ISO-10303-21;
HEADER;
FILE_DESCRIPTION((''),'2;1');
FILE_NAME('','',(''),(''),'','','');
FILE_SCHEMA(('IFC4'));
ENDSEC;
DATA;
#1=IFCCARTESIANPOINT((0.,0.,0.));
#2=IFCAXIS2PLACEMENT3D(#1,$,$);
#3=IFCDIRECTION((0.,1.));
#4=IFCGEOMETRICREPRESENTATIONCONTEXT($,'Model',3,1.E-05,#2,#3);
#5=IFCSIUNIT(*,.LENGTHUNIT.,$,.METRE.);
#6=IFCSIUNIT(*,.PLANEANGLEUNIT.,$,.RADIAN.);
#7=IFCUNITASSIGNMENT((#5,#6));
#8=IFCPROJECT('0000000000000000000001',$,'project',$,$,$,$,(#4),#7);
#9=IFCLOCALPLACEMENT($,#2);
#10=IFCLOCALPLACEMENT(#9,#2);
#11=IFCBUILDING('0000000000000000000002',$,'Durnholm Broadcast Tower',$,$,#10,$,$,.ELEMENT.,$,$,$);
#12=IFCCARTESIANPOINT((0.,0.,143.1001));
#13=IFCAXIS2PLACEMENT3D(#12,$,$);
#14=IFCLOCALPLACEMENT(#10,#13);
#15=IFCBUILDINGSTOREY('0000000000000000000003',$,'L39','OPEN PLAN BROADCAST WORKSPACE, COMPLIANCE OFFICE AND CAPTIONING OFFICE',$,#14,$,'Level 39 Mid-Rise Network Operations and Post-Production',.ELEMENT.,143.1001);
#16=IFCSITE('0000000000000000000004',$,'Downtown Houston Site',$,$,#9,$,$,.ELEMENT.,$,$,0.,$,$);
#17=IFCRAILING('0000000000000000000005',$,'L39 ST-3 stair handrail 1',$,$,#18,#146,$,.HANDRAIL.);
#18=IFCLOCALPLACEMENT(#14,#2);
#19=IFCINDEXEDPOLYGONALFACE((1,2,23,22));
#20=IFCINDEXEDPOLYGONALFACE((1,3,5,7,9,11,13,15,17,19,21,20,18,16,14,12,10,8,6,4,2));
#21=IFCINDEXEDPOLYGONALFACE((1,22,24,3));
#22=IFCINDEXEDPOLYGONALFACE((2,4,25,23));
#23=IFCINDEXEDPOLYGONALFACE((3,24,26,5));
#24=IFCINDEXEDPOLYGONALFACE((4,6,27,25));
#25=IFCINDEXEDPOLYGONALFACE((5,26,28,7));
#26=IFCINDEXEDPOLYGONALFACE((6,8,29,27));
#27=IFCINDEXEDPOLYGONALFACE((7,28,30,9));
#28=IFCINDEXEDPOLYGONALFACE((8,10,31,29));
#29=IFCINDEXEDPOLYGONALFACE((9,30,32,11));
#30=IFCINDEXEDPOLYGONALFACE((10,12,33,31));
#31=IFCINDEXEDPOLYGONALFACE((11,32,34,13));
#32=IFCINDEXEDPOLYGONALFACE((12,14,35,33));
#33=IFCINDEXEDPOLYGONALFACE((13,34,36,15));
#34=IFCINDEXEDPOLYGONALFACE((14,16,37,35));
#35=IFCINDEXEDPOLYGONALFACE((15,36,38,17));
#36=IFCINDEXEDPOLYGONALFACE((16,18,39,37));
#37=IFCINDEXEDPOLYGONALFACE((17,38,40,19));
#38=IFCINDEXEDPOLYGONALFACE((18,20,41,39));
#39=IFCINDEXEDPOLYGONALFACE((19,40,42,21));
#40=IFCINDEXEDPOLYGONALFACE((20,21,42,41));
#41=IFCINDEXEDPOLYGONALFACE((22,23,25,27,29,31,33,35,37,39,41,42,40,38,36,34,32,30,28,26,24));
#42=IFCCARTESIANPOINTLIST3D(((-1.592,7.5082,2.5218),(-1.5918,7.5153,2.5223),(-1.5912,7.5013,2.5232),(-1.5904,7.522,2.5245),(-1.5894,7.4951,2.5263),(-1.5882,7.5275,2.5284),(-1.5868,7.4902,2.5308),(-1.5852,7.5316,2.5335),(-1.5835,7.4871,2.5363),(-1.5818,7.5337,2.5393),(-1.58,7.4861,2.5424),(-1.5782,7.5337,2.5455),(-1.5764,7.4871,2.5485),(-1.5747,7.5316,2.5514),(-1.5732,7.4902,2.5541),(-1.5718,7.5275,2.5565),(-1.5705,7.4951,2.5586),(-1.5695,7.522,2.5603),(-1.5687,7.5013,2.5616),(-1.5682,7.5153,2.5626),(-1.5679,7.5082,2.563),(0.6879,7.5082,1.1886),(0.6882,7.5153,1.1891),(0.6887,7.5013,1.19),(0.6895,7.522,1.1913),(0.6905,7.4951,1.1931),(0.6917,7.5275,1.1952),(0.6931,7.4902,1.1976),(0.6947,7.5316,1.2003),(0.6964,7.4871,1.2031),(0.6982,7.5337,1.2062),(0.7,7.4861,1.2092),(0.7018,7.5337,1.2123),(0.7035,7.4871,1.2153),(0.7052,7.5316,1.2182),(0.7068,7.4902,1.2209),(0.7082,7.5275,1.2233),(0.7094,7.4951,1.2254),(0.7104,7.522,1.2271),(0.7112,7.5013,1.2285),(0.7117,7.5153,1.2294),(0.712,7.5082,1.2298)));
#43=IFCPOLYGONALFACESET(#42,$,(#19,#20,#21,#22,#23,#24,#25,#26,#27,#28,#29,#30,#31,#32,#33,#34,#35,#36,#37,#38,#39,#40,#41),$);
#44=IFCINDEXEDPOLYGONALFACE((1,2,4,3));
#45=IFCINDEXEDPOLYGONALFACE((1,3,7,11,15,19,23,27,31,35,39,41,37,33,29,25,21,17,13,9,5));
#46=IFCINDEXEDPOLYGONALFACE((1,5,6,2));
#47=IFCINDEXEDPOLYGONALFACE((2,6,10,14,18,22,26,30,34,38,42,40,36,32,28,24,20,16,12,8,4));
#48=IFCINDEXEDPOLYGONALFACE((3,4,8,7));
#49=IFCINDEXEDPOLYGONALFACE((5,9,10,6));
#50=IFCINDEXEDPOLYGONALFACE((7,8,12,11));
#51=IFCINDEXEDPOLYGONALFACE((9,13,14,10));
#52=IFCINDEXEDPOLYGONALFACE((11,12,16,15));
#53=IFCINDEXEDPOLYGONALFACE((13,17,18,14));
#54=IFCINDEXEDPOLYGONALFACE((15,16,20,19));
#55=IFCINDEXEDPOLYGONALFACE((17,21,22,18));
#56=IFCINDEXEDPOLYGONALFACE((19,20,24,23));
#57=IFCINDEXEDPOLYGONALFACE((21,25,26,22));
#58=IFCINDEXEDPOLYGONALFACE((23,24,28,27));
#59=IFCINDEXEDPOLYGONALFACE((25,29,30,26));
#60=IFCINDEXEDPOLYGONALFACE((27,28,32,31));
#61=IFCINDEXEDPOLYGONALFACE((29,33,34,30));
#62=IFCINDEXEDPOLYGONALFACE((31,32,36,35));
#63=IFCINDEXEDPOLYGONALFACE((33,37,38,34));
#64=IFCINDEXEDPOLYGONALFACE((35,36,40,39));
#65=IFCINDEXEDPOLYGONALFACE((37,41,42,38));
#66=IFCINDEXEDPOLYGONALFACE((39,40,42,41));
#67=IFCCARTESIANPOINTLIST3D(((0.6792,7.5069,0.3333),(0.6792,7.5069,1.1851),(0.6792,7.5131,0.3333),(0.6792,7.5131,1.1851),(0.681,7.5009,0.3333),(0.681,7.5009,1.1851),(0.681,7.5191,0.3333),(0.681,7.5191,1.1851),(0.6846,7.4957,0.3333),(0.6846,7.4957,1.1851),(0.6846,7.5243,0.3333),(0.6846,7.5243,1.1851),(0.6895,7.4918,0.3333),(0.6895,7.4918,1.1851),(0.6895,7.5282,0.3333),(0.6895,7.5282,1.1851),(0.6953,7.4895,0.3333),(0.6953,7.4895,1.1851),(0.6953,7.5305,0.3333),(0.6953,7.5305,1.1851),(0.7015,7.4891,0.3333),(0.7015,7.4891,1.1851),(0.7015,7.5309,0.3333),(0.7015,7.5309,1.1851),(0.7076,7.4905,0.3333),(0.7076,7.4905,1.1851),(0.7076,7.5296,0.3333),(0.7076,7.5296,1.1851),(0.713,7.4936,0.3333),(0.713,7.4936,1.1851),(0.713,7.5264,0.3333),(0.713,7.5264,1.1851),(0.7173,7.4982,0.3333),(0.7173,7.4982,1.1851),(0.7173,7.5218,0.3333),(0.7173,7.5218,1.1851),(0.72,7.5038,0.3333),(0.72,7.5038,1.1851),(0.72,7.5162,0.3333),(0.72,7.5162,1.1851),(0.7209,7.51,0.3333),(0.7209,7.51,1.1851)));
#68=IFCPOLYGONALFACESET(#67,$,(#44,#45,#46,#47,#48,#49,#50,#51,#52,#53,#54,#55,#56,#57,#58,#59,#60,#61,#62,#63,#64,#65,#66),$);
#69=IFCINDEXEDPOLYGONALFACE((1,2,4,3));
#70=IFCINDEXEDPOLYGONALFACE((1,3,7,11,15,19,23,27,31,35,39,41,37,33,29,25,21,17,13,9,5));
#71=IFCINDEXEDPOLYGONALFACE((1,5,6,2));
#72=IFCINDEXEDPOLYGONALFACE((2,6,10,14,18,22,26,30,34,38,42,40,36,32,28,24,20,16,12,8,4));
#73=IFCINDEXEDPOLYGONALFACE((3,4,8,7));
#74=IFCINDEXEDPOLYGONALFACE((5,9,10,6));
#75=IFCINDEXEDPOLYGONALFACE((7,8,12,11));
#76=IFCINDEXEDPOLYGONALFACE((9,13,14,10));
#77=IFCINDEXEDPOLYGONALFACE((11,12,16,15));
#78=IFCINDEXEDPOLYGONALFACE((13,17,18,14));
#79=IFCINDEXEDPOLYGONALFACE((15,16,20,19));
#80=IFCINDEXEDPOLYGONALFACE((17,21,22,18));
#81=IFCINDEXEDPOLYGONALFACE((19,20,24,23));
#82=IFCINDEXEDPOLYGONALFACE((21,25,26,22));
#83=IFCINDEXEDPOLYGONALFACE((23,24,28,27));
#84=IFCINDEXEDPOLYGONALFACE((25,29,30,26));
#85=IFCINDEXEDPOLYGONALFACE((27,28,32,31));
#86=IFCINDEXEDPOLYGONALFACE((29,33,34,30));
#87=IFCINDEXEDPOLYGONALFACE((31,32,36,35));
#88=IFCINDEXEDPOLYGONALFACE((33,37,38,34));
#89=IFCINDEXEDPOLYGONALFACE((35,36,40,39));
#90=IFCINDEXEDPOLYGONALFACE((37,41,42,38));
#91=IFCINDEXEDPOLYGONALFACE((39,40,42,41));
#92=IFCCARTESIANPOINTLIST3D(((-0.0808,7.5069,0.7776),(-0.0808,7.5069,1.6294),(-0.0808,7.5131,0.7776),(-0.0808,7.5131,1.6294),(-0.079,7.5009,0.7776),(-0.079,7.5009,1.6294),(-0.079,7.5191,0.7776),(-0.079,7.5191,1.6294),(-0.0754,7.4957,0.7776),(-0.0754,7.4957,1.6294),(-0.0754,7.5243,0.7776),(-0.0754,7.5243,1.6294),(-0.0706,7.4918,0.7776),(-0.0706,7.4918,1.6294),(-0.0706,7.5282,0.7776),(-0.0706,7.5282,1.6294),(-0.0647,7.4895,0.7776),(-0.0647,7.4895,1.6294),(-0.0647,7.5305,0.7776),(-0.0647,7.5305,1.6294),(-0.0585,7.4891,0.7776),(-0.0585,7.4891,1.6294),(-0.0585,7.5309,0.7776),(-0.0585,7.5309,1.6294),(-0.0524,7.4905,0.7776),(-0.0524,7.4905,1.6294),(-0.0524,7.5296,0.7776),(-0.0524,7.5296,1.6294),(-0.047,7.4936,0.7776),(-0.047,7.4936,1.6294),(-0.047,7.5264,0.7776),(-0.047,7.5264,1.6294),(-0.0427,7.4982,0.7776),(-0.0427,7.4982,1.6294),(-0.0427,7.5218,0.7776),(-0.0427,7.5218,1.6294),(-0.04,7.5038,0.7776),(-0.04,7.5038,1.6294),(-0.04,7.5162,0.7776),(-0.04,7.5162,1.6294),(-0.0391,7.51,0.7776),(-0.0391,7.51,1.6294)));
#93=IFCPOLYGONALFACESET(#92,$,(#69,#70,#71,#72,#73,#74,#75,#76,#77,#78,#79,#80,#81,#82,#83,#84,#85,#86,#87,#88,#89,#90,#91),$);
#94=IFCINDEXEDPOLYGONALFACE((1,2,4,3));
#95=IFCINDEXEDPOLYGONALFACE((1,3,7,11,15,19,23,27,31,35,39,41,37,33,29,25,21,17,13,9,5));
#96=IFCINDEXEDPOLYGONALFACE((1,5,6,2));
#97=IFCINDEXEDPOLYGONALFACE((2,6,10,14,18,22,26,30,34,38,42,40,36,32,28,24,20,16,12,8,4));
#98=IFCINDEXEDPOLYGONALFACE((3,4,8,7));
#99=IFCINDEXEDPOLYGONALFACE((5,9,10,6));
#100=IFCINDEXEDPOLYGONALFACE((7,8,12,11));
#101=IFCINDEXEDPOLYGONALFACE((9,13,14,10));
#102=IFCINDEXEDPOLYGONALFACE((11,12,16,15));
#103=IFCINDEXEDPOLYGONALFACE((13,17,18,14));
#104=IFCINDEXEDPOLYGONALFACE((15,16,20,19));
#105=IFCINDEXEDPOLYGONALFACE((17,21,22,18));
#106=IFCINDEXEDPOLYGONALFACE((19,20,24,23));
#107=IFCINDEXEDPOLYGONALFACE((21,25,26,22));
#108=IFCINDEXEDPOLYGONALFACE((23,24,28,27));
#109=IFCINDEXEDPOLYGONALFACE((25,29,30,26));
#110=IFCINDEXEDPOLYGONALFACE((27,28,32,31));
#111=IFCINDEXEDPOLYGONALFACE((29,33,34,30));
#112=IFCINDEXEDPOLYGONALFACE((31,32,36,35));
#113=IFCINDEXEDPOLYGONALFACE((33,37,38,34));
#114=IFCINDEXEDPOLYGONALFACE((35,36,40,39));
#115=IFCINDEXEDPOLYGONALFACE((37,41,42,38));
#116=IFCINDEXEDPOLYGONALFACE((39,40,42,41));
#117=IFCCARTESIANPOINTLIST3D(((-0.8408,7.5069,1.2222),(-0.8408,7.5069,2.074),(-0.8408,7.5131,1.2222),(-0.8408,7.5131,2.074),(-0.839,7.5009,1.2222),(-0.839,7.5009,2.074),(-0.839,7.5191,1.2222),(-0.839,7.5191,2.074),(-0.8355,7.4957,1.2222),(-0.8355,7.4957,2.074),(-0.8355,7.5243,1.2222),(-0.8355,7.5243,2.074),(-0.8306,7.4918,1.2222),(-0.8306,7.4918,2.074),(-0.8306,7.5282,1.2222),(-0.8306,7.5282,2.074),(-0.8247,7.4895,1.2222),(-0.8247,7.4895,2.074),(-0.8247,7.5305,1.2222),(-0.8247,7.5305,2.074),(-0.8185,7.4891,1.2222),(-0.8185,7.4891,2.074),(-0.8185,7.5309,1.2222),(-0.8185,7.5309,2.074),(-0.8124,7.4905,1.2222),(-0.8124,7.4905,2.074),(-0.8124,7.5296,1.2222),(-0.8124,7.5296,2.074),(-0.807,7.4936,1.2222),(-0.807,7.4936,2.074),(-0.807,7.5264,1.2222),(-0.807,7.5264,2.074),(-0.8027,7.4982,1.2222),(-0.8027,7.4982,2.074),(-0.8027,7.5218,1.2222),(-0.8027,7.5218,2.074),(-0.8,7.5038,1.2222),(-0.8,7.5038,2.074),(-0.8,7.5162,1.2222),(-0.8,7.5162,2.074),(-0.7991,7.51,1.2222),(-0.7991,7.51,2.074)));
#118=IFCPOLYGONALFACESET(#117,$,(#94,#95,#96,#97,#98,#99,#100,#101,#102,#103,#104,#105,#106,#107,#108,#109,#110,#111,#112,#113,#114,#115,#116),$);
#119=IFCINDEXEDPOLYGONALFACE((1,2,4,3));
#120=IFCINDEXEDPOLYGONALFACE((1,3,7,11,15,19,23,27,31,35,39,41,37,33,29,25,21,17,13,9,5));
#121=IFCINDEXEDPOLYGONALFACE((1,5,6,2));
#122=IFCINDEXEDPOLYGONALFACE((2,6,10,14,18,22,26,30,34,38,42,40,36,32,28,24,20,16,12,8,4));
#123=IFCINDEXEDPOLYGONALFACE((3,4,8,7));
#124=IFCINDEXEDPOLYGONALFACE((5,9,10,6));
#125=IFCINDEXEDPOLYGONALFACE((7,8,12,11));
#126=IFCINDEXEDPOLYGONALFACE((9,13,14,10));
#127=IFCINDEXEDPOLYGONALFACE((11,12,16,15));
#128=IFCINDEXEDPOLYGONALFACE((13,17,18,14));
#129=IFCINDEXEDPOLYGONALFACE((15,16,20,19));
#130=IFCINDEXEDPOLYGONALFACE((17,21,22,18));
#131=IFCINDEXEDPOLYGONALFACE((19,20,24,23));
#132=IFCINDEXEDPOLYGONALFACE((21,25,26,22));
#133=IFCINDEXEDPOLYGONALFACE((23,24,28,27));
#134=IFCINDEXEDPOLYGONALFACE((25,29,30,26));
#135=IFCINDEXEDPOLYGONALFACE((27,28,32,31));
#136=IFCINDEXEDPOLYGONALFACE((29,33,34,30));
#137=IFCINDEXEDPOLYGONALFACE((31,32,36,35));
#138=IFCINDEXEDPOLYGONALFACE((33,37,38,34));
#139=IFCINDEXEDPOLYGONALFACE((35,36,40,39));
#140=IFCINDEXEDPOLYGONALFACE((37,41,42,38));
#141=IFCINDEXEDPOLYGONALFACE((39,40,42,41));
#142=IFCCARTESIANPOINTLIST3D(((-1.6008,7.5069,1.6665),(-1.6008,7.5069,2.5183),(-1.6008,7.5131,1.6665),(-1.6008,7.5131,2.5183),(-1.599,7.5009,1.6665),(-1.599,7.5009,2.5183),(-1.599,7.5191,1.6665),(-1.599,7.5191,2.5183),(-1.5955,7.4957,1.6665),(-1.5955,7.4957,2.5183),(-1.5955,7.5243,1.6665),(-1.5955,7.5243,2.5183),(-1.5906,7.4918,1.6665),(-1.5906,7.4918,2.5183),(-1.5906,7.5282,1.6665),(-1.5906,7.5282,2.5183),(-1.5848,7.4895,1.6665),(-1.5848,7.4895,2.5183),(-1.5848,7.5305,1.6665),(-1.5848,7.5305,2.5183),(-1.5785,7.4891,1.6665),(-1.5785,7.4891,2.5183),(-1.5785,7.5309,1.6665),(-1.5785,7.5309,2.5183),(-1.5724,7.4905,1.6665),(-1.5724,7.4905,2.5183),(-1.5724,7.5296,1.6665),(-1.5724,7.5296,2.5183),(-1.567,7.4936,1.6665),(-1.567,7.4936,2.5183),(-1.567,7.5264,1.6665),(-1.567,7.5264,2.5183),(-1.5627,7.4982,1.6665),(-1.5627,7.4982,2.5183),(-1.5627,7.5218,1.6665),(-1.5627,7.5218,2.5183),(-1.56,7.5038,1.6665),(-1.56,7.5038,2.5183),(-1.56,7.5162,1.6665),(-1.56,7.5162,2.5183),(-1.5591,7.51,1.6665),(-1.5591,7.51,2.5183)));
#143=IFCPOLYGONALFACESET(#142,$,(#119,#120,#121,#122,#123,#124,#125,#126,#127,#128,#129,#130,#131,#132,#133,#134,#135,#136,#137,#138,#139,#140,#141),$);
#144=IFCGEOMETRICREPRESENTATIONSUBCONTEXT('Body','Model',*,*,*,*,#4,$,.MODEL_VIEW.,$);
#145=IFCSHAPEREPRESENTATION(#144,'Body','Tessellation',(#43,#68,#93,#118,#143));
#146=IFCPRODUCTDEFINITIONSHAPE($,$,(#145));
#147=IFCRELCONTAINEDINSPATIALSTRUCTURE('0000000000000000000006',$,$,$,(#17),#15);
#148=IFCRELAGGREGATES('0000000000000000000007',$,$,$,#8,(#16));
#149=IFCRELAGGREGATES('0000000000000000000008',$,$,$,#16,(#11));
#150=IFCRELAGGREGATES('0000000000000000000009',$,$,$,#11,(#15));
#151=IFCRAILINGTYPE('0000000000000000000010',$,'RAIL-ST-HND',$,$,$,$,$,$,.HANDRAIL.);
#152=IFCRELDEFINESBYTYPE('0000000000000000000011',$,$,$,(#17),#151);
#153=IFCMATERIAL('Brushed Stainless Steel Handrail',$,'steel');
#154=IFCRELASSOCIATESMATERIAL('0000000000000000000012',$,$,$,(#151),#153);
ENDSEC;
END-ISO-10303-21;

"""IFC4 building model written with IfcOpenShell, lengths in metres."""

from ifc_helpers import new_model, si_unit, direction, frame, origin, origin_2d, place, context, subcontext, project, spatial, circle, extrude, material, type_object, element, save


model = new_model("IFC4")

# Units and contexts
model_context = context("Model", 3, precision=1e-05, world=origin(), true_north=direction((0.0, 1.0)))
body_context = subcontext(model_context, "Body", "Model", "MODEL_VIEW")
ifc_project = project(units=[si_unit("LENGTHUNIT", "METRE"), si_unit("PLANEANGLEUNIT", "RADIAN")], contexts=[model_context])

# Site, building, storey
site_placement = place(None, origin())
site = spatial("IfcSite", under=ifc_project, at=site_placement, Name="Downtown Houston Site", CompositionType="ELEMENT", RefElevation=0.0)
building_placement = place(site_placement, origin())
building = spatial("IfcBuilding", under=site, at=building_placement, Name="Durnholm Broadcast Tower", CompositionType="ELEMENT")
storey_placement = place(building_placement, frame((0.0, 0.0, 143.1001)))
storey = spatial("IfcBuildingStorey", under=building, at=storey_placement, Name="L39", Description="OPEN PLAN BROADCAST WORKSPACE, COMPLIANCE OFFICE AND CAPTIONING OFFICE", LongName="Level 39 Mid-Rise Network Operations and Post-Production", CompositionType="ELEMENT", Elevation=143.1001)

# Railing
ifc_material_1 = material(Name="Brushed Stainless Steel Handrail", Category="steel")
railing_type_1 = type_object("IfcRailingType", Name="RAIL-ST-HND", PredefinedType="HANDRAIL", material=ifc_material_1)
railing_1_placement = place(storey_placement, frame((0.7, 7.51, 0.3333)))
element("IfcRailing", 1, at=railing_1_placement, inside=storey, type_object=railing_type_1, Name="L39 ST-3 stair handrail 1", PredefinedType="HANDRAIL", context=body_context, shape_type="SweptSolid", body=[
    extrude(circle(Radius=0.0239, at=origin_2d()), frame((0.0, 0.0, 0.876), z_axis=(-0.863245, 0.0, 0.504785), x_axis=(0.0, -1.0, 0.0)), (0.0, 0.0, 1.0), 2.6411),
    extrude(circle(Radius=0.021, at=origin_2d()), origin(), (0.0, 0.0, 1.0), 0.8518),
    extrude(circle(Radius=0.021, at=origin_2d()), frame((-0.76, 0.0, 0.4443)), (0.0, 0.0, 1.0), 0.8518),
    extrude(circle(Radius=0.021, at=origin_2d()), frame((-1.52, 0.0, 0.8889)), (0.0, 0.0, 1.0), 0.8518),
    extrude(circle(Radius=0.021, at=origin_2d()), frame((-2.28, 0.0, 1.3333)), (0.0, 0.0, 1.0), 0.8518),
])

save(model, "model.ifc")
